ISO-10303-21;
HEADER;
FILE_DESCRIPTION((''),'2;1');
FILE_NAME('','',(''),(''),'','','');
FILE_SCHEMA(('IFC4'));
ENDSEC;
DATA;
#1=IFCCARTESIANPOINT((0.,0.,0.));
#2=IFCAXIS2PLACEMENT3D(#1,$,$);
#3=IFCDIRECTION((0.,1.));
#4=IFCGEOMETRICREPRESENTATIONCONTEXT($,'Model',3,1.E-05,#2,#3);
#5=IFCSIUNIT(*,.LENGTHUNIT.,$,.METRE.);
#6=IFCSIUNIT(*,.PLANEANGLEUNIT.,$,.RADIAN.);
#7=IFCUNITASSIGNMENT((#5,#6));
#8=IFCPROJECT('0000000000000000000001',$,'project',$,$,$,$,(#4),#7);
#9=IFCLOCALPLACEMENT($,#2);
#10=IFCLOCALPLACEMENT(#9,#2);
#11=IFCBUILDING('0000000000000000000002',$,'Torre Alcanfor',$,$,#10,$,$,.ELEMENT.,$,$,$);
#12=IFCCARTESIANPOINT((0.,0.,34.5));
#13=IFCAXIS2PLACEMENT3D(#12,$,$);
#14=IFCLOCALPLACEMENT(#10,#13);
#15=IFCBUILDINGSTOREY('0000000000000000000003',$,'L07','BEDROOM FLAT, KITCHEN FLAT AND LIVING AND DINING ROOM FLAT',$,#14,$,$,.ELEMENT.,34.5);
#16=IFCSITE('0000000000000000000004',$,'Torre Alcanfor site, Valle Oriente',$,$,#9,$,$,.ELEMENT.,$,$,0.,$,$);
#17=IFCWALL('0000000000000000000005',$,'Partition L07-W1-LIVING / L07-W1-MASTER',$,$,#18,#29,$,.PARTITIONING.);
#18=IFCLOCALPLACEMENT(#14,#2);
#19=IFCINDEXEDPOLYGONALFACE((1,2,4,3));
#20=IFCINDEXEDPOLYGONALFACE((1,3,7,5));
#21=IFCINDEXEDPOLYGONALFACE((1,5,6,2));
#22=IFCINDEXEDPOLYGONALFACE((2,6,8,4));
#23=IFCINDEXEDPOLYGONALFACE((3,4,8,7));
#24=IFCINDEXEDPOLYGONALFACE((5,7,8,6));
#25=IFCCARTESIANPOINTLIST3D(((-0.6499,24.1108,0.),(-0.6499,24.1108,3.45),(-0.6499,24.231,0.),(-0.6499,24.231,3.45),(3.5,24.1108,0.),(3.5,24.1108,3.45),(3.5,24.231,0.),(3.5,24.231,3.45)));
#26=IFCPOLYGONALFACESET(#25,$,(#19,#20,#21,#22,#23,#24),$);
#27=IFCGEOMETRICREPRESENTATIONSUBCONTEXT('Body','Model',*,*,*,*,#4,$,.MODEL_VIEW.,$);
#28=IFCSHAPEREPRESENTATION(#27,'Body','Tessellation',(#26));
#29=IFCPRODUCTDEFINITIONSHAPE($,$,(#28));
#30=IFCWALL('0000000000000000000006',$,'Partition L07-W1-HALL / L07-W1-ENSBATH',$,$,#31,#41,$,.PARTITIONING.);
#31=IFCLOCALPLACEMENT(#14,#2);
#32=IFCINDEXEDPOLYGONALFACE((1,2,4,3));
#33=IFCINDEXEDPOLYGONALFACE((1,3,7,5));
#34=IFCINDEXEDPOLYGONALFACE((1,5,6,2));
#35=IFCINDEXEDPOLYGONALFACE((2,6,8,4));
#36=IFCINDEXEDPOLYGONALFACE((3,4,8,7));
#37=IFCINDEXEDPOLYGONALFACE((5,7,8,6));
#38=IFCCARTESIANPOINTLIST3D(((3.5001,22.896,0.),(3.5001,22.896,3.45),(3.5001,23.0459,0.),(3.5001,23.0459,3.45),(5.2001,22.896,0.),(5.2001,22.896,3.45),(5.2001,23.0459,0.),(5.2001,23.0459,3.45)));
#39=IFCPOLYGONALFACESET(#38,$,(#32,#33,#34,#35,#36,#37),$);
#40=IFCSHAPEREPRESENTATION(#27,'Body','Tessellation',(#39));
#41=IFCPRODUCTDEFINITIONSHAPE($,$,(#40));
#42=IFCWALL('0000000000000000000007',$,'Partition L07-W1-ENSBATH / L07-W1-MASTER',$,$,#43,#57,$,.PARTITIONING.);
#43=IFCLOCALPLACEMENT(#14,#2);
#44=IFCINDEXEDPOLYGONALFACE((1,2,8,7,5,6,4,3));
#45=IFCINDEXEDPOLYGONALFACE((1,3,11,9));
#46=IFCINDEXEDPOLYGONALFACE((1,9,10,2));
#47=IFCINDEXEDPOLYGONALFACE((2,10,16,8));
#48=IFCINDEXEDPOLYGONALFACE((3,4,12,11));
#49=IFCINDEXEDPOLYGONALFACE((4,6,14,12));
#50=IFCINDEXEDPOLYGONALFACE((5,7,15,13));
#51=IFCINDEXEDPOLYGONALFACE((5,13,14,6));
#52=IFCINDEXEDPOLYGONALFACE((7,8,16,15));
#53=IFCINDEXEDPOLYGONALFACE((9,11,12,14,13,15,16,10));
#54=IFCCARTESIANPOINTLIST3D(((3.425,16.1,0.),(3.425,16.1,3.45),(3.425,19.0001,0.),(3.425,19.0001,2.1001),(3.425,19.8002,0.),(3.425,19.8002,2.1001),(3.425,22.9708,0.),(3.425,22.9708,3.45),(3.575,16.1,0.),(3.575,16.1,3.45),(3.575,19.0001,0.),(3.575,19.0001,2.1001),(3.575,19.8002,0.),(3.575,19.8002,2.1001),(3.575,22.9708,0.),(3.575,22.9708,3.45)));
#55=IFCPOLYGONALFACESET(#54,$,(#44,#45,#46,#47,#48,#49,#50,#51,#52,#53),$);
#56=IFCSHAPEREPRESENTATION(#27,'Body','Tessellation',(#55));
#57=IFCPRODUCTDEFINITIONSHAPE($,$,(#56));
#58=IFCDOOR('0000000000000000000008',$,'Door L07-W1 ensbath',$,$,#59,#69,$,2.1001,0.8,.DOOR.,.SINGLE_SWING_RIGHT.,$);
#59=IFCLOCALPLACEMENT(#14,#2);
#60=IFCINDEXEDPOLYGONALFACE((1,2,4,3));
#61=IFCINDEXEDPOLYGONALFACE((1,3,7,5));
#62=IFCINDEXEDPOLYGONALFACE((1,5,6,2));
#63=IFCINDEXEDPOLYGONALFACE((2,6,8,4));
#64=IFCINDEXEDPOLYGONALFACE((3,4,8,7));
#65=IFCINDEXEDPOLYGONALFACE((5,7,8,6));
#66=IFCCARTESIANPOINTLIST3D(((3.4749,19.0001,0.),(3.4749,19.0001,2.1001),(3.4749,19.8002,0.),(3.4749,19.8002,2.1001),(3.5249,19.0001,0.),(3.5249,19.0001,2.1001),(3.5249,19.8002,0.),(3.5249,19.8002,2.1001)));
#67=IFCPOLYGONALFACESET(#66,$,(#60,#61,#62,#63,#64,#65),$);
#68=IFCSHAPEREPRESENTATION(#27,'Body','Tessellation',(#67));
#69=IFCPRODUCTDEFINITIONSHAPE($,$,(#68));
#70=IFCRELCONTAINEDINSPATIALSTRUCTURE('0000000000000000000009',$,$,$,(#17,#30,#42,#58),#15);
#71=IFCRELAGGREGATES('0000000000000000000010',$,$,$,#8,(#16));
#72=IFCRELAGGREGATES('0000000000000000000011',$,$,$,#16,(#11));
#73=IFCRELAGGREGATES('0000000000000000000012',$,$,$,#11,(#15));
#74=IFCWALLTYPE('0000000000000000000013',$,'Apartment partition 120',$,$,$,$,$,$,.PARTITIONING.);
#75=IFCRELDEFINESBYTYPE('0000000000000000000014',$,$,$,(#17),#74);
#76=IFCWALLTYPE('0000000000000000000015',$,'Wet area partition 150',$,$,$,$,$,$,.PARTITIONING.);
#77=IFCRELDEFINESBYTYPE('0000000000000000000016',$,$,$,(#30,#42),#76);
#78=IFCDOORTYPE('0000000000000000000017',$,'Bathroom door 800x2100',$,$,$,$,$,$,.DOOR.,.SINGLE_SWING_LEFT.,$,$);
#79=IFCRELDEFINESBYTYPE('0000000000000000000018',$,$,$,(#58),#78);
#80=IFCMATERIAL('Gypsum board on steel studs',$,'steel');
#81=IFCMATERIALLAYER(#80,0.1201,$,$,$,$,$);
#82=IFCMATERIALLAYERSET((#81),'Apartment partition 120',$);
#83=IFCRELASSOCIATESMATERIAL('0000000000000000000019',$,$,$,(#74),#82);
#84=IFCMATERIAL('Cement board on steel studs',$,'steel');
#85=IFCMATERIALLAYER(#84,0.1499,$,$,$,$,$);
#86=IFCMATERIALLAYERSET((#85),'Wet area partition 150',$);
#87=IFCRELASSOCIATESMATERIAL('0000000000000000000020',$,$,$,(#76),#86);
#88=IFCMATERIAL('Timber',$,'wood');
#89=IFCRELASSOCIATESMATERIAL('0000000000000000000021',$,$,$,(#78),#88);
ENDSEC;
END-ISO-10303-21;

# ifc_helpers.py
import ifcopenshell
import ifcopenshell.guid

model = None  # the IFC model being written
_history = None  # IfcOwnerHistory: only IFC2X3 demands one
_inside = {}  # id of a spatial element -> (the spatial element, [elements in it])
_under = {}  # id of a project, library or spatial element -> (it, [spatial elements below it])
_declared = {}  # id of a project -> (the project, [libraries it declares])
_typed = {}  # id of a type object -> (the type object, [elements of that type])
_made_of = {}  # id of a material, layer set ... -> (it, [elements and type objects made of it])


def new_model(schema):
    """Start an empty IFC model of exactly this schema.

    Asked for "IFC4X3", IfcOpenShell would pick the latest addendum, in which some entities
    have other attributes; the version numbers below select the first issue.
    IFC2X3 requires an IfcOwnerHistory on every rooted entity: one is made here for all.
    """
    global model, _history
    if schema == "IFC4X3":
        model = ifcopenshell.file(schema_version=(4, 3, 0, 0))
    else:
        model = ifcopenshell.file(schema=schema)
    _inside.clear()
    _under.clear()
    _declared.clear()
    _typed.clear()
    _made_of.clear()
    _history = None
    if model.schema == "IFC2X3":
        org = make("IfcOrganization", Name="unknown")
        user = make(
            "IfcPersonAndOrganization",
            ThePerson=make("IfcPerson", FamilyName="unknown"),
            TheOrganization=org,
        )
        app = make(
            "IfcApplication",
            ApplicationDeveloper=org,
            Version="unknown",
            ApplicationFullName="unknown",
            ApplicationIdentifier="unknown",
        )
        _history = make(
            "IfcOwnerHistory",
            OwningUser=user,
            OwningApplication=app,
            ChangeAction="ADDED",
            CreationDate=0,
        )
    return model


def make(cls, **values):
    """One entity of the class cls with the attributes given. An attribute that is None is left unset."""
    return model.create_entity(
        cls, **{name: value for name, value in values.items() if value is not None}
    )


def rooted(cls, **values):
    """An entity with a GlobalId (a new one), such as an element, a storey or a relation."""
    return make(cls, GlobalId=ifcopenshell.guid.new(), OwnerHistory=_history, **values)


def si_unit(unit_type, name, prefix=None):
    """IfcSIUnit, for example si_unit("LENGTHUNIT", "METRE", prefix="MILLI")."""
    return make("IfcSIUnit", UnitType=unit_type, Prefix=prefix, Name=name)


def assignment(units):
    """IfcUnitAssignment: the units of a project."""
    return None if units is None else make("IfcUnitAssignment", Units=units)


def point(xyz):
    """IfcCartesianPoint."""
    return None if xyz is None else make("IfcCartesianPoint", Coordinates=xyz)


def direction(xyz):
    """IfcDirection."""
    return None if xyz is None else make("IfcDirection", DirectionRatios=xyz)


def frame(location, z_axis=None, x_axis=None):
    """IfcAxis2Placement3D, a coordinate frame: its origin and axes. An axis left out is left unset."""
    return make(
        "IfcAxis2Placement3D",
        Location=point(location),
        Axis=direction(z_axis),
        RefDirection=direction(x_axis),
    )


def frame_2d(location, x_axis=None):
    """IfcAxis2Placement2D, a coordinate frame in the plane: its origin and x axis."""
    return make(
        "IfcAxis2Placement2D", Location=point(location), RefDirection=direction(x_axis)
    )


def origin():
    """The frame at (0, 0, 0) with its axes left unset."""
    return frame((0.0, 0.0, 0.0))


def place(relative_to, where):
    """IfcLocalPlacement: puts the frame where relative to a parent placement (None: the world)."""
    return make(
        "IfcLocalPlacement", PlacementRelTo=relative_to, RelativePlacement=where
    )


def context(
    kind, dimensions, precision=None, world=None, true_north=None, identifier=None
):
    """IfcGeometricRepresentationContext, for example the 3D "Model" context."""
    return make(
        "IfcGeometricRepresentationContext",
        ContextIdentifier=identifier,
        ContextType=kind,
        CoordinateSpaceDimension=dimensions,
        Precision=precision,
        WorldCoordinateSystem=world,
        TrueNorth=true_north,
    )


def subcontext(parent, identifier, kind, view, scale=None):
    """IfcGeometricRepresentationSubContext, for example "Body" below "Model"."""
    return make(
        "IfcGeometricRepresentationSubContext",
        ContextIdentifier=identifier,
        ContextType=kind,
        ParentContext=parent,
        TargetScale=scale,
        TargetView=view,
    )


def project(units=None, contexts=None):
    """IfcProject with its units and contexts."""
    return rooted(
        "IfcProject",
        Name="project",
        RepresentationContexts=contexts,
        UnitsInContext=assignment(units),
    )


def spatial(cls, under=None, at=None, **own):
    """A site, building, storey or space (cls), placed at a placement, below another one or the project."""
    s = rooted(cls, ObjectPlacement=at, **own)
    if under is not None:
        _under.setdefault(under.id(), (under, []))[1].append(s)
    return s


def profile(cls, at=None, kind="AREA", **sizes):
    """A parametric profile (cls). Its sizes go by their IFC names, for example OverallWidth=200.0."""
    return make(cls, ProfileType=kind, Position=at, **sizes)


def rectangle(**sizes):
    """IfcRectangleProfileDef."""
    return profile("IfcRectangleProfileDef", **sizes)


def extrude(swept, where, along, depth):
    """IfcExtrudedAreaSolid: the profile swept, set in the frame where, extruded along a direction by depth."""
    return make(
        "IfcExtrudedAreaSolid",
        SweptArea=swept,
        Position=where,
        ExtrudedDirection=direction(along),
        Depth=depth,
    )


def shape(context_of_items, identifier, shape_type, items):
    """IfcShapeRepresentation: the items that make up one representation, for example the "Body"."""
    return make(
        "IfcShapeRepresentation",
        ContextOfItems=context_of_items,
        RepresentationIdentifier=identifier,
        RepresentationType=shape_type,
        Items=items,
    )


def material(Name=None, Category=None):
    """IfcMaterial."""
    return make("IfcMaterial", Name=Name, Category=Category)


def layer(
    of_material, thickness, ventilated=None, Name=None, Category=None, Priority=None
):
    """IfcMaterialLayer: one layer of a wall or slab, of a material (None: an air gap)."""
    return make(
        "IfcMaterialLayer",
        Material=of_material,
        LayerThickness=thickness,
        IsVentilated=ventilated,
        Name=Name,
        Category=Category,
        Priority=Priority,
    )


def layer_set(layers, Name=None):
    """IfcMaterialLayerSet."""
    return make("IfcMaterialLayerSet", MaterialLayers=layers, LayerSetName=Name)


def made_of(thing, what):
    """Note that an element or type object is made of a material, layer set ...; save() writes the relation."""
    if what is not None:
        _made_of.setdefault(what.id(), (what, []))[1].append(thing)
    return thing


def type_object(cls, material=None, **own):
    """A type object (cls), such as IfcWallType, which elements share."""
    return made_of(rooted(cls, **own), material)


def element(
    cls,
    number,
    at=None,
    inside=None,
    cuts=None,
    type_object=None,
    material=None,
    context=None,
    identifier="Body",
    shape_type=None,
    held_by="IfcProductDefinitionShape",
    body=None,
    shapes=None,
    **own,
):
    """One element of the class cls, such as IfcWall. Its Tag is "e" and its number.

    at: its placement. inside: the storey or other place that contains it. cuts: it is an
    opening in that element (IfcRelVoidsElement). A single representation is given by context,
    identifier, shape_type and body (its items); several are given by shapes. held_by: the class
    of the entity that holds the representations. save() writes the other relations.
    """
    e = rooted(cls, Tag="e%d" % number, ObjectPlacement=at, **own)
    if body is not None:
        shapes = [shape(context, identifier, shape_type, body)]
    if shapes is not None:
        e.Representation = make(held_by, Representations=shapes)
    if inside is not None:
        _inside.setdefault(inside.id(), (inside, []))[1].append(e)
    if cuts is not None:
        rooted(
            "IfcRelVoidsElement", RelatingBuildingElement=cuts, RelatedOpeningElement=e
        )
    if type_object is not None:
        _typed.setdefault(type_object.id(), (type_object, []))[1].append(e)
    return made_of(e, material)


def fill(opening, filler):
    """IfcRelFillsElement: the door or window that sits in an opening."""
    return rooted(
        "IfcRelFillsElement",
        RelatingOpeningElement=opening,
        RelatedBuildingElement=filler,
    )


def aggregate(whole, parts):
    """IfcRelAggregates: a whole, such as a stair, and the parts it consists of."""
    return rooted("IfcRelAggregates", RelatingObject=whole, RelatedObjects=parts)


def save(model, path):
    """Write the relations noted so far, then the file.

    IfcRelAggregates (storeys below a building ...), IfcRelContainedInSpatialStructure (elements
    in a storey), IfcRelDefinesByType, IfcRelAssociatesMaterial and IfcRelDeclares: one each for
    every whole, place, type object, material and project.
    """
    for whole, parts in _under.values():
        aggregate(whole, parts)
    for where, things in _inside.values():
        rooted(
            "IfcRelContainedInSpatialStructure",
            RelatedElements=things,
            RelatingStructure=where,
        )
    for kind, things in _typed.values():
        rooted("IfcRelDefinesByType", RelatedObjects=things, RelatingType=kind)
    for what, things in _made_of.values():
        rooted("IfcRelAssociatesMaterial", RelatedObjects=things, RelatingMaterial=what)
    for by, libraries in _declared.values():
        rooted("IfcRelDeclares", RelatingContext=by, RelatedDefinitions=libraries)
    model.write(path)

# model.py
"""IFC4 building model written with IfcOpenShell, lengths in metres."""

from ifc_helpers import new_model, si_unit, direction, frame, frame_2d, origin, place, context, subcontext, project, spatial, rectangle, extrude, material, layer, layer_set, type_object, element, fill, save


model = new_model("IFC4")

# Units and contexts
model_context = context("Model", 3, precision=1e-05, world=origin(), true_north=direction((0.0, 1.0)))
body_context = subcontext(model_context, "Body", "Model", "MODEL_VIEW")
ifc_project = project(units=[si_unit("LENGTHUNIT", "METRE"), si_unit("PLANEANGLEUNIT", "RADIAN")], contexts=[model_context])

# Site, building, storey
site_placement = place(None, origin())
site = spatial("IfcSite", under=ifc_project, at=site_placement, Name="Torre Alcanfor site, Valle Oriente", CompositionType="ELEMENT", RefElevation=0.0)
building_placement = place(site_placement, origin())
building = spatial("IfcBuilding", under=site, at=building_placement, Name="Torre Alcanfor", CompositionType="ELEMENT")
storey_placement = place(building_placement, frame((0.0, 0.0, 34.5)))
storey = spatial("IfcBuildingStorey", under=building, at=storey_placement, Name="L07", Description="BEDROOM FLAT, KITCHEN FLAT AND LIVING AND DINING ROOM FLAT", CompositionType="ELEMENT", Elevation=34.5)

# Shared definitions
ifc_material_1 = material(Name="Gypsum board on steel studs", Category="steel")
ifc_layer_1 = layer(ifc_material_1, 0.1201)
ifc_layer_set_1 = layer_set([ifc_layer_1], Name="Apartment partition 120")
wall_type_1 = type_object("IfcWallType", Name="Apartment partition 120", PredefinedType="PARTITIONING", material=ifc_layer_set_1)

# Walls
wall_1_placement = place(storey_placement, frame((-0.6499, 24.1709, 0.0), z_axis=(0.0, 0.0, 1.0), x_axis=(1.0, 0.0, 0.0)))
element("IfcWall", 1, at=wall_1_placement, inside=storey, type_object=wall_type_1, Name="Partition L07-W1-LIVING / L07-W1-MASTER", PredefinedType="PARTITIONING", context=body_context, shape_type="SweptSolid", body=[
    extrude(rectangle(XDim=4.1499, YDim=0.1201, at=frame_2d((2.075, 0.0))), origin(), (0.0, 0.0, 1.0), 3.45),
])
ifc_material_2 = material(Name="Cement board on steel studs", Category="steel")
ifc_layer_2 = layer(ifc_material_2, 0.1499)
ifc_layer_set_2 = layer_set([ifc_layer_2], Name="Wet area partition 150")
wall_type_2 = type_object("IfcWallType", Name="Wet area partition 150", PredefinedType="PARTITIONING", material=ifc_layer_set_2)
wall_2_placement = place(storey_placement, frame((3.5, 22.9709, 0.0), z_axis=(0.0, 0.0, 1.0), x_axis=(1.0, 0.0, 0.0)))
element("IfcWall", 2, at=wall_2_placement, inside=storey, type_object=wall_type_2, Name="Partition L07-W1-HALL / L07-W1-ENSBATH", PredefinedType="PARTITIONING", context=body_context, shape_type="SweptSolid", body=[
    extrude(rectangle(XDim=1.7, YDim=0.1499, at=frame_2d((0.8501, 0.0))), origin(), (0.0, 0.0, 1.0), 3.45),
])

# Wall, opening, door
wall_3_placement = place(storey_placement, frame((3.5, 22.9709, 0.0), z_axis=(0.0, 0.0, 1.0), x_axis=(0.0, -1.0, 0.0)))
wall_3 = element("IfcWall", 3, at=wall_3_placement, inside=storey, type_object=wall_type_2, Name="Partition L07-W1-ENSBATH / L07-W1-MASTER", PredefinedType="PARTITIONING", context=body_context, shape_type="SweptSolid", body=[
    extrude(rectangle(XDim=6.8708, YDim=0.1499, at=frame_2d((3.4355, 0.0))), origin(), (0.0, 0.0, 1.0), 3.45),
])
opening_1_placement = place(wall_3_placement, frame((3.1709, 0.0, 0.0)))
opening_1 = element("IfcOpeningElement", 4, at=opening_1_placement, cuts=wall_3, PredefinedType="OPENING", context=body_context, shape_type="SweptSolid", body=[
    extrude(rectangle(XDim=0.8, YDim=2.1001, at=frame_2d((0.3999, 1.05))), frame((0.0, 0.085, 0.0), z_axis=(0.0, -1.0, 0.0), x_axis=(1.0, 0.0, 0.0)), (0.0, 0.0, 1.0), 0.1699),
])
ifc_material_3 = material(Name="Timber", Category="wood")
door_type_1 = type_object("IfcDoorType", Name="Bathroom door 800x2100", OperationType="SINGLE_SWING_LEFT", PredefinedType="DOOR", material=ifc_material_3)
door_1_placement = place(opening_1_placement, origin())
door_1 = element("IfcDoor", 5, at=door_1_placement, inside=storey, type_object=door_type_1, Name="Door L07-W1 ensbath", OperationType="SINGLE_SWING_RIGHT", OverallHeight=2.1001, OverallWidth=0.8, PredefinedType="DOOR", context=body_context, shape_type="SweptSolid", body=[
    extrude(rectangle(XDim=0.8, YDim=2.1001, at=frame_2d((0.3999, 1.05))), frame((0.0, 0.0249, 0.0), z_axis=(0.0, -1.0, 0.0), x_axis=(1.0, 0.0, 0.0)), (0.0, 0.0, 1.0), 0.05),
])
fill(opening_1, door_1)

save(model, "model.ifc")
